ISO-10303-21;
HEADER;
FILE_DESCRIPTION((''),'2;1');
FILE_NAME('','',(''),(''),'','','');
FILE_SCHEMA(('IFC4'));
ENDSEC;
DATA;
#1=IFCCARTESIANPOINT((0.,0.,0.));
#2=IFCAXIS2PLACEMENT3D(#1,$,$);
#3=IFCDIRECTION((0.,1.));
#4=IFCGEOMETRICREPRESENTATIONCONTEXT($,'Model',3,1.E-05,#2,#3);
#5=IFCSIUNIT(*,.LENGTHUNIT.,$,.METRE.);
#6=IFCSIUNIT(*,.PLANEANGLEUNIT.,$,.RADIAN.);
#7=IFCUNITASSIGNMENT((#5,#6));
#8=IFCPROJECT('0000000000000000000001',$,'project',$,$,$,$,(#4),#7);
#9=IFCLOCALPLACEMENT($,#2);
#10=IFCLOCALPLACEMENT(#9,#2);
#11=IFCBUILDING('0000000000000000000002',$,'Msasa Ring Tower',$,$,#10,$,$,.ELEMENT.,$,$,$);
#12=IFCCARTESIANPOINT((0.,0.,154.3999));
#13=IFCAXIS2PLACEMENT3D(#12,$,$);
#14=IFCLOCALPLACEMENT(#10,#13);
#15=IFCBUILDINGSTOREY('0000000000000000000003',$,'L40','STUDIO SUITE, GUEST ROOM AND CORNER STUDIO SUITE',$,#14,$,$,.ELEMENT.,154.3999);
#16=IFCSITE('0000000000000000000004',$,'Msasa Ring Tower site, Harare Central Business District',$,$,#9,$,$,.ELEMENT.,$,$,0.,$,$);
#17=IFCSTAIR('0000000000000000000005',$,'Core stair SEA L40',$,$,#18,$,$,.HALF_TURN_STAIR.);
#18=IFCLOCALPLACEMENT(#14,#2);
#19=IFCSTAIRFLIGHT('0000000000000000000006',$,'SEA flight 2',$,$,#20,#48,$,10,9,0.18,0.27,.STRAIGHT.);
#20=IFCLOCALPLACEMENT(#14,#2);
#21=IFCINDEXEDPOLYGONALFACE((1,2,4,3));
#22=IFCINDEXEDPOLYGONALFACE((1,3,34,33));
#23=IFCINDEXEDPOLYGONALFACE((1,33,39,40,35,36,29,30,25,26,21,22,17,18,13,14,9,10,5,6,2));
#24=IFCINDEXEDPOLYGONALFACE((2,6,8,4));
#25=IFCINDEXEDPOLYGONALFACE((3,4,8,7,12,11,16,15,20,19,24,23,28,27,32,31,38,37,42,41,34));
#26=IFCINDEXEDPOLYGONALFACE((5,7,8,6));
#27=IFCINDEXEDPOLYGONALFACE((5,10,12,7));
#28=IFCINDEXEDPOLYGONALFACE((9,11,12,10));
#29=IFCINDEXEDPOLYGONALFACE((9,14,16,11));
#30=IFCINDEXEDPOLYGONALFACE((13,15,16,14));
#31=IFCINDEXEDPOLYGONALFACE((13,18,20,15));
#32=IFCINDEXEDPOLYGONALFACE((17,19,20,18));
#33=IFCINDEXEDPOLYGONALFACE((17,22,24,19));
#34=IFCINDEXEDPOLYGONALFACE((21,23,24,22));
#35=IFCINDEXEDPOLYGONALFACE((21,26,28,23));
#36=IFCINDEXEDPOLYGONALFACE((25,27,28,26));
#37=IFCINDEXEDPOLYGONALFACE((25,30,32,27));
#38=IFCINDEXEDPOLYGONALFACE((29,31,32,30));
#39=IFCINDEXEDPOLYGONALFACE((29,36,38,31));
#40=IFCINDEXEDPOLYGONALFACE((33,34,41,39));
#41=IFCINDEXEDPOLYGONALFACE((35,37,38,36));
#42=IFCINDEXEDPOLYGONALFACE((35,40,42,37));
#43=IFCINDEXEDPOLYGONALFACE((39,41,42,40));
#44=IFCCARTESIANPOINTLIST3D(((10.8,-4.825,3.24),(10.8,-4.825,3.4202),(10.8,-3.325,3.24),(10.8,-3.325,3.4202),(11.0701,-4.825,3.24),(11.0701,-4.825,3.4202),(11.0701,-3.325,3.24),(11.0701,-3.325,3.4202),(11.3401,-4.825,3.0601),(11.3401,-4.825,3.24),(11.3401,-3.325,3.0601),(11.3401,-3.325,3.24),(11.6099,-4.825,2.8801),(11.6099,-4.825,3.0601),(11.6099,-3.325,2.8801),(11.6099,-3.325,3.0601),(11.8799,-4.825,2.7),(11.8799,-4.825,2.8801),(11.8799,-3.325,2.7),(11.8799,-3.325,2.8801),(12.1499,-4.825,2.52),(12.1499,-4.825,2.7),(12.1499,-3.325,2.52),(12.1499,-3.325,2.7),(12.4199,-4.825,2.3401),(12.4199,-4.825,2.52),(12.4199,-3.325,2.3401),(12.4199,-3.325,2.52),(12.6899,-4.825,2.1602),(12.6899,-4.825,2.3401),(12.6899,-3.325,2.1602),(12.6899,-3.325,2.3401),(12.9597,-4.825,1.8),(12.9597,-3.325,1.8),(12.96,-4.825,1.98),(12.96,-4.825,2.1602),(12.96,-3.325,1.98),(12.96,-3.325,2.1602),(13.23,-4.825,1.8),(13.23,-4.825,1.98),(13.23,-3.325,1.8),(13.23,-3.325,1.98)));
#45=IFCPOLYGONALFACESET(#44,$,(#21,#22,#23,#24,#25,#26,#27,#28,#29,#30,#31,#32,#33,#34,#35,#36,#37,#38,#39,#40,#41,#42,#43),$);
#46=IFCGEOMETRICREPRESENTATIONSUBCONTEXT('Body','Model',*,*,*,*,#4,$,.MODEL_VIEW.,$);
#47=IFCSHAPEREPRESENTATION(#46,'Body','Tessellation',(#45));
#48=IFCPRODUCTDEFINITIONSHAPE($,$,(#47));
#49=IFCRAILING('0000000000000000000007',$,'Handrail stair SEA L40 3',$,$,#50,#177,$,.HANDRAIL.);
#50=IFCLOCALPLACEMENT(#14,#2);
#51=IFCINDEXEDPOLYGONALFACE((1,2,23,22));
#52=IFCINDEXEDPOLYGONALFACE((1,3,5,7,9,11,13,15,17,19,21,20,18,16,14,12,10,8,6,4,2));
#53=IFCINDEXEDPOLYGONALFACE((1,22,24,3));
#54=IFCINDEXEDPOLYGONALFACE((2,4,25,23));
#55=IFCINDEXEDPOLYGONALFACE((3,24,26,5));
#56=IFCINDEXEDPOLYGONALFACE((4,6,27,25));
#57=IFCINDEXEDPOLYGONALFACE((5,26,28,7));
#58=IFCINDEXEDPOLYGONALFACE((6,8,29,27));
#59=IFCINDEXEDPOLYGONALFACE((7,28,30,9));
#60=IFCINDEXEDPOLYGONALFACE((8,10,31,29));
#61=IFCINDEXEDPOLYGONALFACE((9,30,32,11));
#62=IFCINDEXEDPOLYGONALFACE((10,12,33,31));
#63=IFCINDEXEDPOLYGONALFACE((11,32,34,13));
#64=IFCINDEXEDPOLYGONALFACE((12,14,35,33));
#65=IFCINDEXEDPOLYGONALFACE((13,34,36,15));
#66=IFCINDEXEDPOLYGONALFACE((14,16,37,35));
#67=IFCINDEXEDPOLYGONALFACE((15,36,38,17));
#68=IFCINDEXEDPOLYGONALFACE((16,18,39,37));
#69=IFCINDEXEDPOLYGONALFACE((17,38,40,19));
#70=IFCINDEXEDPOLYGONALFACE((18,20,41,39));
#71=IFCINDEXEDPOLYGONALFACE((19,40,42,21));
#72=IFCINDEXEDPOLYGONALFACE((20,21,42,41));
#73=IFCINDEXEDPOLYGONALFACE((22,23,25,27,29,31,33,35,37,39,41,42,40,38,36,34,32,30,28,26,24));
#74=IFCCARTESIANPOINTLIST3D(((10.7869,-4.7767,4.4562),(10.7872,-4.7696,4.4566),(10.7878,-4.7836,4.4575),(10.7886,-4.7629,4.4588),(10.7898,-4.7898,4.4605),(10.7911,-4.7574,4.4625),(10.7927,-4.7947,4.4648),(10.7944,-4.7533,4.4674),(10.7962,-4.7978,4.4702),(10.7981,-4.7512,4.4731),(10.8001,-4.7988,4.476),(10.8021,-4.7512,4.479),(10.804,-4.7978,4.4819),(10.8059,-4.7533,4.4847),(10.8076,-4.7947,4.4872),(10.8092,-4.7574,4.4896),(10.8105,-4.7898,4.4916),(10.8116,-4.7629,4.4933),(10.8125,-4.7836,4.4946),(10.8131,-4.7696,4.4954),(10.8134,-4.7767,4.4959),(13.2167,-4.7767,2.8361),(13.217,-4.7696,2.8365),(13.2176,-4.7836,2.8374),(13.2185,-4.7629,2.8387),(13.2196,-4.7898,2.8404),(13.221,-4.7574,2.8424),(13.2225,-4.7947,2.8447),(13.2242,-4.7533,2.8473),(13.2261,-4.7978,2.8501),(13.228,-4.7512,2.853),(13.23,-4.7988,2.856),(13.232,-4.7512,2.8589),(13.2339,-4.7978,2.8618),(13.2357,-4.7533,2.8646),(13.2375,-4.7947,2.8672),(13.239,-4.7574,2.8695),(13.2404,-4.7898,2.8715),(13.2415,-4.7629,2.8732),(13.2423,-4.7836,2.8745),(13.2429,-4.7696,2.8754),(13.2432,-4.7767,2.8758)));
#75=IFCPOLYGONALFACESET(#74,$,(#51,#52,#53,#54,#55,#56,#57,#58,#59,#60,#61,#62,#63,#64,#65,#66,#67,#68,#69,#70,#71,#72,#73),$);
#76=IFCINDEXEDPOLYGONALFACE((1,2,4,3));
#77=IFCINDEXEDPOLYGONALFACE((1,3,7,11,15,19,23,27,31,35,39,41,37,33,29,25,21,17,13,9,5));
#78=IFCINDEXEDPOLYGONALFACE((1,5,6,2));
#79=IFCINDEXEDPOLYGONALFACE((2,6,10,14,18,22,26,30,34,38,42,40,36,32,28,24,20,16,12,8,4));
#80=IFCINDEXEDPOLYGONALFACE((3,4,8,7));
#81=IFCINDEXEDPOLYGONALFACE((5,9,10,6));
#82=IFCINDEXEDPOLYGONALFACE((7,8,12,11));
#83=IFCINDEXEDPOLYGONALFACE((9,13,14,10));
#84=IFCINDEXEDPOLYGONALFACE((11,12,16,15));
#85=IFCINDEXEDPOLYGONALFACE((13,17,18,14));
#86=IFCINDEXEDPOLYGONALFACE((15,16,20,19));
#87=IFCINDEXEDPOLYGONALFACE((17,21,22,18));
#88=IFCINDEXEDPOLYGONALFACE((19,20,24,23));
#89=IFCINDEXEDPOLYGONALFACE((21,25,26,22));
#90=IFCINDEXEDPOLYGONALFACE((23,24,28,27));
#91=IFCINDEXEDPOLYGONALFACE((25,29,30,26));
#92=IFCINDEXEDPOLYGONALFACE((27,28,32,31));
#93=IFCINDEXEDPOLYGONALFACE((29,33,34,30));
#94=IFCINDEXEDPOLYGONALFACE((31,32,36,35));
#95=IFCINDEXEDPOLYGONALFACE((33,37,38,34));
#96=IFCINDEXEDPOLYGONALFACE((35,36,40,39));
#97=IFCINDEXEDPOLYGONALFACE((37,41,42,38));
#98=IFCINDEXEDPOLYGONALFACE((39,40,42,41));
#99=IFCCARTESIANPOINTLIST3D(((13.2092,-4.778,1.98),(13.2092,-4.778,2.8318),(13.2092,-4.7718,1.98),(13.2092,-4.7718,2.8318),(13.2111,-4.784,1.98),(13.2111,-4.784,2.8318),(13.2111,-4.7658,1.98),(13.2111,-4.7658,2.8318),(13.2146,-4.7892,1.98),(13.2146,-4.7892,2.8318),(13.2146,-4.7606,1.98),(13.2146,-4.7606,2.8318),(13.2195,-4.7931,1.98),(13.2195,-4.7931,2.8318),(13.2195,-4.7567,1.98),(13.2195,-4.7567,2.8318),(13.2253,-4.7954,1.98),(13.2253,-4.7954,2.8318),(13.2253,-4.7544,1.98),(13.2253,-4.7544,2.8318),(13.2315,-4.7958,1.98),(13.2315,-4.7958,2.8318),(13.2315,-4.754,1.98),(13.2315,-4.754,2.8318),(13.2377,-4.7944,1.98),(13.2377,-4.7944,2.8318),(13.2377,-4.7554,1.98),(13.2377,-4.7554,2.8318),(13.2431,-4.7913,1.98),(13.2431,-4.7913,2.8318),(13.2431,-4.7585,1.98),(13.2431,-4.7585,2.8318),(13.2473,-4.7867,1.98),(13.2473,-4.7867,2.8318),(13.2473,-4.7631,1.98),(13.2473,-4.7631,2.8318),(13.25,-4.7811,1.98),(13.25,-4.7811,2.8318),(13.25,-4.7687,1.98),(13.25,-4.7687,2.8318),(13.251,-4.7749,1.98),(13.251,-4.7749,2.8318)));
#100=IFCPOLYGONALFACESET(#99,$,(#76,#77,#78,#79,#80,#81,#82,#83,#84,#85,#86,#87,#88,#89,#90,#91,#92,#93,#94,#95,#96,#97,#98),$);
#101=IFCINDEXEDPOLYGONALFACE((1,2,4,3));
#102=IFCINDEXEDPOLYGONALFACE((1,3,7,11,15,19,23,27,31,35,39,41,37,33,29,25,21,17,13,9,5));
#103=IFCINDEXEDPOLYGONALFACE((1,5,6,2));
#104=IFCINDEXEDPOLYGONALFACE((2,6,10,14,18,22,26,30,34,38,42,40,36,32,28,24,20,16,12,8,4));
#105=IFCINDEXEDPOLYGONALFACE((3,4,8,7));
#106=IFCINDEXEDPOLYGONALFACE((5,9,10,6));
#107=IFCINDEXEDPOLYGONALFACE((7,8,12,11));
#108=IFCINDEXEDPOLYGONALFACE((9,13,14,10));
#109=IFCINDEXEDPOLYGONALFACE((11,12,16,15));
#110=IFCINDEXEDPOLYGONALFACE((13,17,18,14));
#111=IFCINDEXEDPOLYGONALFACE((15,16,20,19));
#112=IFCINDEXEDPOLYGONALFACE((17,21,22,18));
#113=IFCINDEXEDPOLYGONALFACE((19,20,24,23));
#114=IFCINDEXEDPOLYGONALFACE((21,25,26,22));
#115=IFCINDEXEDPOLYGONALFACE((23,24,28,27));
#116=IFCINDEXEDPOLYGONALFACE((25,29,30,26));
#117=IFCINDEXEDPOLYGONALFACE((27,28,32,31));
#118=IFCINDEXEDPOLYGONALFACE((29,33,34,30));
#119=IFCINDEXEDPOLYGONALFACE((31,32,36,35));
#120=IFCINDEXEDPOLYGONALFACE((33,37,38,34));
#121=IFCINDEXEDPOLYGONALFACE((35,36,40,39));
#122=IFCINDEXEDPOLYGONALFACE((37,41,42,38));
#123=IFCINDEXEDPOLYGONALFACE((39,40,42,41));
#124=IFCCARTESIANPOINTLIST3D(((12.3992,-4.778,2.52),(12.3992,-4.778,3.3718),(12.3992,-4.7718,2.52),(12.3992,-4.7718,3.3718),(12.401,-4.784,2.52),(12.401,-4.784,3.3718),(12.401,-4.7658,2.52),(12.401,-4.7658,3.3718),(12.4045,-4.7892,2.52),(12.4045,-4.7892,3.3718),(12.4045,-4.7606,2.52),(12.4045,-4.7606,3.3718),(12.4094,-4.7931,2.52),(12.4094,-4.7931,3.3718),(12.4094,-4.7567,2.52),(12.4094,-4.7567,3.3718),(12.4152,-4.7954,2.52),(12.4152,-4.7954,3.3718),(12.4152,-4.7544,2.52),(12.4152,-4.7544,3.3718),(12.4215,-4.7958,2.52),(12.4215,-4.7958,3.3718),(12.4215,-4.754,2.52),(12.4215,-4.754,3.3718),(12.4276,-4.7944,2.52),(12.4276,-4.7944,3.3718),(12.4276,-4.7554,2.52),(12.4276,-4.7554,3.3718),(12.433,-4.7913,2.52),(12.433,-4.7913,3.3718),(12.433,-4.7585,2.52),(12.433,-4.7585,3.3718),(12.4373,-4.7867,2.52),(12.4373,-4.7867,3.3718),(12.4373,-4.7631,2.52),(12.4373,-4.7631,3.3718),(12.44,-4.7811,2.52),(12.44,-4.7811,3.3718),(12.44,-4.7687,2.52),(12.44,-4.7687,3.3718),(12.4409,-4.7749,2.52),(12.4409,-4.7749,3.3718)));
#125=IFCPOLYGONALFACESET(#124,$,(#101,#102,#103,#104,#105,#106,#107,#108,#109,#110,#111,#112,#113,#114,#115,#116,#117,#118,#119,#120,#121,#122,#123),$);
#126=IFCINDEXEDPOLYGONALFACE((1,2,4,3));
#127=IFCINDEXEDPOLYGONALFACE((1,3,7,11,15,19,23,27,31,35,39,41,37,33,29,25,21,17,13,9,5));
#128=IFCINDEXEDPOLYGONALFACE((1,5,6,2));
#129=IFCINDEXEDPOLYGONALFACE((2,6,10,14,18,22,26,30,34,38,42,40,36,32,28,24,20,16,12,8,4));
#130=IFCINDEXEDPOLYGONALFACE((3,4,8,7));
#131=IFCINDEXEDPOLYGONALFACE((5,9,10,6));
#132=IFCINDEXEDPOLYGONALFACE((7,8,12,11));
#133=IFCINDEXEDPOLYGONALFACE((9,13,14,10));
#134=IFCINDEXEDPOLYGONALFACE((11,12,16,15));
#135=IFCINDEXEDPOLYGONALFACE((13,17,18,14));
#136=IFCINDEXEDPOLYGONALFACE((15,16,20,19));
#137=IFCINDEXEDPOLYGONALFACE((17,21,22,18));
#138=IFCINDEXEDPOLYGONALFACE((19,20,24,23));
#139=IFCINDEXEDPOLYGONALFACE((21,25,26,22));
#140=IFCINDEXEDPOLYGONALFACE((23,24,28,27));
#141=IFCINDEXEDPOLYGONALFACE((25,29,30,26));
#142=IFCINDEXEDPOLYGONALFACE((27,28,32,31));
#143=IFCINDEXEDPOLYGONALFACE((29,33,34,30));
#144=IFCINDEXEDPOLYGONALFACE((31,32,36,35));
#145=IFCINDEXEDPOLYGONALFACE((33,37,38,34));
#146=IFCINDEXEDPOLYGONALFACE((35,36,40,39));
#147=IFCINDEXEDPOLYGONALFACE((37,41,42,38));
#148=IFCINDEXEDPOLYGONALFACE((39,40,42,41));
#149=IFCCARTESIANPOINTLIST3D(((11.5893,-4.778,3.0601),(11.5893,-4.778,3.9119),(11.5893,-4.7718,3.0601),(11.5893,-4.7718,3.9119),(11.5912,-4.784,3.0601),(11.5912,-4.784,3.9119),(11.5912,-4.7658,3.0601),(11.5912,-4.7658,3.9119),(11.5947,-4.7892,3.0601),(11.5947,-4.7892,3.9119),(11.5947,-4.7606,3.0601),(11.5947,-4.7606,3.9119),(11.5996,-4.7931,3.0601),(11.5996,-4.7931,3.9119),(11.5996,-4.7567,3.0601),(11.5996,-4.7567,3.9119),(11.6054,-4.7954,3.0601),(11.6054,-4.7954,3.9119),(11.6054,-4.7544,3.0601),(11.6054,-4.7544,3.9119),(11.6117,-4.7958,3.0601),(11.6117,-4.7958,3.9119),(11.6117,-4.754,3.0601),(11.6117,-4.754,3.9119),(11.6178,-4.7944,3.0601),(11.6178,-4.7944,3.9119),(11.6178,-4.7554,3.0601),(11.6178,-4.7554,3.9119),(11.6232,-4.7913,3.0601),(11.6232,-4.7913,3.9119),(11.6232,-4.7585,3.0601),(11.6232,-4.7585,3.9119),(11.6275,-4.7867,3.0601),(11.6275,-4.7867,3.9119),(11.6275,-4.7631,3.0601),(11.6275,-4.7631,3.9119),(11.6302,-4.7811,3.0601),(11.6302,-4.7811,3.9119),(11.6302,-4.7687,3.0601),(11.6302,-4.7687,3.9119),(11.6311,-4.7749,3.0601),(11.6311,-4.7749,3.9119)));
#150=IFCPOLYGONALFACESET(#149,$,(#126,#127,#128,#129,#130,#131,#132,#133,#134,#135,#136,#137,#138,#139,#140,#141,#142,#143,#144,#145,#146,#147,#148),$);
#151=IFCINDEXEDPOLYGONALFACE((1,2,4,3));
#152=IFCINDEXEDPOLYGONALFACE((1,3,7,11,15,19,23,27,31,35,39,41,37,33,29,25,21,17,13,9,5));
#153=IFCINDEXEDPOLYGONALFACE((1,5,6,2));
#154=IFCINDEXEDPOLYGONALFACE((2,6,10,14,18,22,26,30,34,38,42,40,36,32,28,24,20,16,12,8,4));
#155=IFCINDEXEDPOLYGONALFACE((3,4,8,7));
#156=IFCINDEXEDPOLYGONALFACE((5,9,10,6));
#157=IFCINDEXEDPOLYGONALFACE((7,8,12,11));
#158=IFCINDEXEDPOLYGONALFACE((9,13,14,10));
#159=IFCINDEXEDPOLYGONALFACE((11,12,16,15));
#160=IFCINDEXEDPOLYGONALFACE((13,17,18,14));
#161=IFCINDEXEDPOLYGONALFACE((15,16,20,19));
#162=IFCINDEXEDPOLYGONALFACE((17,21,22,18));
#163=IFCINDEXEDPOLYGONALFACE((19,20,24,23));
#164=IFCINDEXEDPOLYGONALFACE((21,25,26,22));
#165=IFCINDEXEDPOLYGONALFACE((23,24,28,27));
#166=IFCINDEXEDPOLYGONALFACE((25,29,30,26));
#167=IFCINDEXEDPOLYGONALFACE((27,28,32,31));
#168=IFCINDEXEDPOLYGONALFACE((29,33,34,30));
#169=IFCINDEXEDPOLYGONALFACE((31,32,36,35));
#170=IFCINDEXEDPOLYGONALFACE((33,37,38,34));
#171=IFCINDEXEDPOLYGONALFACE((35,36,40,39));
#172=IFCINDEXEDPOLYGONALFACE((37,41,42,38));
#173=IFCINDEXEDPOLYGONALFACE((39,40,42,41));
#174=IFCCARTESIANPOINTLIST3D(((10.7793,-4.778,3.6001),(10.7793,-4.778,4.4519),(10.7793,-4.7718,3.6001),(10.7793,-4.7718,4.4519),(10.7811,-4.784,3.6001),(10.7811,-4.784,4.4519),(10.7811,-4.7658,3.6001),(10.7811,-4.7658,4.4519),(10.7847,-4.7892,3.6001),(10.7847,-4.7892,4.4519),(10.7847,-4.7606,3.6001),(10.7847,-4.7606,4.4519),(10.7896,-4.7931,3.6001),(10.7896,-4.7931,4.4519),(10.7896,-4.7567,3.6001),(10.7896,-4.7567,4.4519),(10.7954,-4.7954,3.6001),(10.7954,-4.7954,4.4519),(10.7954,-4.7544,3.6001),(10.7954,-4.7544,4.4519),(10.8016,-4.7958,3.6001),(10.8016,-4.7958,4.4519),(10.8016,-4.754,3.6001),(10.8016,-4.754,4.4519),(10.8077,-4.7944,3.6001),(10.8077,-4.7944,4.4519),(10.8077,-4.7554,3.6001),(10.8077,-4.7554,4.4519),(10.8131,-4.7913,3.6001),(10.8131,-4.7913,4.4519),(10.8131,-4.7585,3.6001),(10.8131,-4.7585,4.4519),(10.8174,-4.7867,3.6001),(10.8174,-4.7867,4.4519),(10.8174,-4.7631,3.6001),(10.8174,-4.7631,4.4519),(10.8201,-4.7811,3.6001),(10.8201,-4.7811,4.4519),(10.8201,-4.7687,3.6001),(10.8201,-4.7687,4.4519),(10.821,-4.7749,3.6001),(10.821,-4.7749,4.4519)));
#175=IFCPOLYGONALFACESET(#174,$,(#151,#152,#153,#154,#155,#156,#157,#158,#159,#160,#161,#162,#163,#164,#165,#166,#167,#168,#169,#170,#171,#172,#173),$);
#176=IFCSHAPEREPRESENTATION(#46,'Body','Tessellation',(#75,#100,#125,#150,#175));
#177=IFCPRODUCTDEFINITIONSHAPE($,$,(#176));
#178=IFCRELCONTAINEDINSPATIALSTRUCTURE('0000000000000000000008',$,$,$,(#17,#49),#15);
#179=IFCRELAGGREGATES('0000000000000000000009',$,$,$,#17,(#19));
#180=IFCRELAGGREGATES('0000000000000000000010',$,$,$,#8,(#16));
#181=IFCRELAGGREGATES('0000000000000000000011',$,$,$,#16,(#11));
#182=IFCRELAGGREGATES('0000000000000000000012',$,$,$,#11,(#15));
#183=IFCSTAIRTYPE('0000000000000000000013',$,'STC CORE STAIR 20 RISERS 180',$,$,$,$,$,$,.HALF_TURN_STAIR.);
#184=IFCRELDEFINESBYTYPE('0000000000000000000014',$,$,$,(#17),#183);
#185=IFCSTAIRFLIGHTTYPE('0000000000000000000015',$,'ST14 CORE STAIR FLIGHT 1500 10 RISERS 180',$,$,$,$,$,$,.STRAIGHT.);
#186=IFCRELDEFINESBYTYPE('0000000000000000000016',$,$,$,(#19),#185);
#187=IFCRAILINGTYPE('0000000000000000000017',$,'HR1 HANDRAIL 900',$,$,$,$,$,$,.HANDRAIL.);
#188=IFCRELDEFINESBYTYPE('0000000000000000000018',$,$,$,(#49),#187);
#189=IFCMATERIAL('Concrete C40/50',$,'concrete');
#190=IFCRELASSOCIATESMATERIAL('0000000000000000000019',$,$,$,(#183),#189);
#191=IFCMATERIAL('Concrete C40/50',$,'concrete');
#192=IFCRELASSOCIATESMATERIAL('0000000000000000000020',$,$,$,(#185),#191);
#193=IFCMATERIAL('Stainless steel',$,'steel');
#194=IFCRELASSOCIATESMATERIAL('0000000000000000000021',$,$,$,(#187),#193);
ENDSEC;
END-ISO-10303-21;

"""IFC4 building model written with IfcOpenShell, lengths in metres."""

from ifc_helpers import new_model, si_unit, direction, frame, origin, origin_2d, place, context, subcontext, project, spatial, polyline, circle, outline, extrude, material, type_object, element, aggregate, save


model = new_model("IFC4")

# Units and contexts
model_context = context("Model", 3, precision=1e-05, world=origin(), true_north=direction((0.0, 1.0)))
body_context = subcontext(model_context, "Body", "Model", "MODEL_VIEW")
ifc_project = project(units=[si_unit("LENGTHUNIT", "METRE"), si_unit("PLANEANGLEUNIT", "RADIAN")], contexts=[model_context])

# Site, building, storey
site_placement = place(None, origin())
site = spatial("IfcSite", under=ifc_project, at=site_placement, Name="Msasa Ring Tower site, Harare Central Business District", CompositionType="ELEMENT", RefElevation=0.0)
building_placement = place(site_placement, origin())
building = spatial("IfcBuilding", under=site, at=building_placement, Name="Msasa Ring Tower", CompositionType="ELEMENT")
storey_placement = place(building_placement, frame((0.0, 0.0, 154.3999)))
storey = spatial("IfcBuildingStorey", under=building, at=storey_placement, Name="L40", Description="STUDIO SUITE, GUEST ROOM AND CORNER STUDIO SUITE", CompositionType="ELEMENT", Elevation=154.3999)

# Stair, stair flight
ifc_material_1 = material(Name="Concrete C40/50", Category="concrete")
stair_type = type_object("IfcStairType", Name="STC CORE STAIR 20 RISERS 180", PredefinedType="HALF_TURN_STAIR", material=ifc_material_1)
stair_placement = place(storey_placement, origin())
stair = element("IfcStair", 1, at=stair_placement, inside=storey, type_object=stair_type, Name="Core stair SEA L40", PredefinedType="HALF_TURN_STAIR")
ifc_material_2 = material(Name="Concrete C40/50", Category="concrete")
stair_flight_type = type_object("IfcStairFlightType", Name="ST14 CORE STAIR FLIGHT 1500 10 RISERS 180", PredefinedType="STRAIGHT", material=ifc_material_2)
stair_flight_placement = place(storey_placement, frame((13.23, -4.075, 1.8), z_axis=(0.0, 0.0, 1.0), x_axis=(-1.0, 0.0, 0.0)))
stair_flight = element("IfcStairFlight", 2, at=stair_flight_placement, type_object=stair_flight_type, Name="SEA flight 2", NumberOfRisers=10, NumberOfTreads=9, PredefinedType="STRAIGHT", RiserHeight=0.18, TreadLength=0.27, context=body_context, shape_type="SweptSolid", body=[
    extrude(outline(polyline([(0.0, 0.0), (0.0, 0.1799), (0.27, 0.1799), (0.27, 0.3601), (0.54, 0.3601), (0.54, 0.54), (0.8101, 0.54), (0.8101, 0.72), (1.0801, 0.72), (1.0801, 0.8999), (1.3501, 0.8999), (1.3501, 1.0801), (1.6201, 1.0801), (1.6201, 1.26), (1.8899, 1.26), (1.8899, 1.4399), (2.1599, 1.4399), (2.1599, 1.6201), (2.4299, 1.6201), (2.4299, 1.8), (2.4299, 1.4399), (0.2703, 0.0), (0.0, 0.0)])), frame((0.0, 0.75, 0.0), z_axis=(0.0, -1.0, 0.0), x_axis=(1.0, 0.0, 0.0)), (0.0, 0.0, 1.0), 1.5),
])
aggregate(stair, [stair_flight])

# Railing
ifc_material_3 = material(Name="Stainless steel", Category="steel")
railing_type = type_object("IfcRailingType", Name="HR1 HANDRAIL 900", PredefinedType="HANDRAIL", material=ifc_material_3)
for number, where, name in (
    (3, (13.23, -4.7749, 1.98), "Handrail stair SEA L40 3"),
):
    element("IfcRailing", number, at=place(storey_placement, frame(where)), inside=storey, type_object=railing_type, Name=name, PredefinedType="HANDRAIL", context=body_context, shape_type="SweptSolid", body=[
        extrude(circle(Radius=0.0239, at=origin_2d()), frame((0.0, 0.0, 0.876), z_axis=(-0.832025, 0.0, 0.554739), x_axis=(0.0, -1.0, 0.0)), (0.0, 0.0, 1.0), 2.9204),
        extrude(circle(Radius=0.021, at=origin_2d()), origin(), (0.0, 0.0, 1.0), 0.8518),
        extrude(circle(Radius=0.021, at=origin_2d()), frame((-0.8101, 0.0, 0.54)), (0.0, 0.0, 1.0), 0.8518),
        extrude(circle(Radius=0.021, at=origin_2d()), frame((-1.6199, 0.0, 1.0801)), (0.0, 0.0, 1.0), 0.8518),
        extrude(circle(Radius=0.021, at=origin_2d()), frame((-2.4299, 0.0, 1.6201)), (0.0, 0.0, 1.0), 0.8518),
    ])

save(model, "model.ifc")
